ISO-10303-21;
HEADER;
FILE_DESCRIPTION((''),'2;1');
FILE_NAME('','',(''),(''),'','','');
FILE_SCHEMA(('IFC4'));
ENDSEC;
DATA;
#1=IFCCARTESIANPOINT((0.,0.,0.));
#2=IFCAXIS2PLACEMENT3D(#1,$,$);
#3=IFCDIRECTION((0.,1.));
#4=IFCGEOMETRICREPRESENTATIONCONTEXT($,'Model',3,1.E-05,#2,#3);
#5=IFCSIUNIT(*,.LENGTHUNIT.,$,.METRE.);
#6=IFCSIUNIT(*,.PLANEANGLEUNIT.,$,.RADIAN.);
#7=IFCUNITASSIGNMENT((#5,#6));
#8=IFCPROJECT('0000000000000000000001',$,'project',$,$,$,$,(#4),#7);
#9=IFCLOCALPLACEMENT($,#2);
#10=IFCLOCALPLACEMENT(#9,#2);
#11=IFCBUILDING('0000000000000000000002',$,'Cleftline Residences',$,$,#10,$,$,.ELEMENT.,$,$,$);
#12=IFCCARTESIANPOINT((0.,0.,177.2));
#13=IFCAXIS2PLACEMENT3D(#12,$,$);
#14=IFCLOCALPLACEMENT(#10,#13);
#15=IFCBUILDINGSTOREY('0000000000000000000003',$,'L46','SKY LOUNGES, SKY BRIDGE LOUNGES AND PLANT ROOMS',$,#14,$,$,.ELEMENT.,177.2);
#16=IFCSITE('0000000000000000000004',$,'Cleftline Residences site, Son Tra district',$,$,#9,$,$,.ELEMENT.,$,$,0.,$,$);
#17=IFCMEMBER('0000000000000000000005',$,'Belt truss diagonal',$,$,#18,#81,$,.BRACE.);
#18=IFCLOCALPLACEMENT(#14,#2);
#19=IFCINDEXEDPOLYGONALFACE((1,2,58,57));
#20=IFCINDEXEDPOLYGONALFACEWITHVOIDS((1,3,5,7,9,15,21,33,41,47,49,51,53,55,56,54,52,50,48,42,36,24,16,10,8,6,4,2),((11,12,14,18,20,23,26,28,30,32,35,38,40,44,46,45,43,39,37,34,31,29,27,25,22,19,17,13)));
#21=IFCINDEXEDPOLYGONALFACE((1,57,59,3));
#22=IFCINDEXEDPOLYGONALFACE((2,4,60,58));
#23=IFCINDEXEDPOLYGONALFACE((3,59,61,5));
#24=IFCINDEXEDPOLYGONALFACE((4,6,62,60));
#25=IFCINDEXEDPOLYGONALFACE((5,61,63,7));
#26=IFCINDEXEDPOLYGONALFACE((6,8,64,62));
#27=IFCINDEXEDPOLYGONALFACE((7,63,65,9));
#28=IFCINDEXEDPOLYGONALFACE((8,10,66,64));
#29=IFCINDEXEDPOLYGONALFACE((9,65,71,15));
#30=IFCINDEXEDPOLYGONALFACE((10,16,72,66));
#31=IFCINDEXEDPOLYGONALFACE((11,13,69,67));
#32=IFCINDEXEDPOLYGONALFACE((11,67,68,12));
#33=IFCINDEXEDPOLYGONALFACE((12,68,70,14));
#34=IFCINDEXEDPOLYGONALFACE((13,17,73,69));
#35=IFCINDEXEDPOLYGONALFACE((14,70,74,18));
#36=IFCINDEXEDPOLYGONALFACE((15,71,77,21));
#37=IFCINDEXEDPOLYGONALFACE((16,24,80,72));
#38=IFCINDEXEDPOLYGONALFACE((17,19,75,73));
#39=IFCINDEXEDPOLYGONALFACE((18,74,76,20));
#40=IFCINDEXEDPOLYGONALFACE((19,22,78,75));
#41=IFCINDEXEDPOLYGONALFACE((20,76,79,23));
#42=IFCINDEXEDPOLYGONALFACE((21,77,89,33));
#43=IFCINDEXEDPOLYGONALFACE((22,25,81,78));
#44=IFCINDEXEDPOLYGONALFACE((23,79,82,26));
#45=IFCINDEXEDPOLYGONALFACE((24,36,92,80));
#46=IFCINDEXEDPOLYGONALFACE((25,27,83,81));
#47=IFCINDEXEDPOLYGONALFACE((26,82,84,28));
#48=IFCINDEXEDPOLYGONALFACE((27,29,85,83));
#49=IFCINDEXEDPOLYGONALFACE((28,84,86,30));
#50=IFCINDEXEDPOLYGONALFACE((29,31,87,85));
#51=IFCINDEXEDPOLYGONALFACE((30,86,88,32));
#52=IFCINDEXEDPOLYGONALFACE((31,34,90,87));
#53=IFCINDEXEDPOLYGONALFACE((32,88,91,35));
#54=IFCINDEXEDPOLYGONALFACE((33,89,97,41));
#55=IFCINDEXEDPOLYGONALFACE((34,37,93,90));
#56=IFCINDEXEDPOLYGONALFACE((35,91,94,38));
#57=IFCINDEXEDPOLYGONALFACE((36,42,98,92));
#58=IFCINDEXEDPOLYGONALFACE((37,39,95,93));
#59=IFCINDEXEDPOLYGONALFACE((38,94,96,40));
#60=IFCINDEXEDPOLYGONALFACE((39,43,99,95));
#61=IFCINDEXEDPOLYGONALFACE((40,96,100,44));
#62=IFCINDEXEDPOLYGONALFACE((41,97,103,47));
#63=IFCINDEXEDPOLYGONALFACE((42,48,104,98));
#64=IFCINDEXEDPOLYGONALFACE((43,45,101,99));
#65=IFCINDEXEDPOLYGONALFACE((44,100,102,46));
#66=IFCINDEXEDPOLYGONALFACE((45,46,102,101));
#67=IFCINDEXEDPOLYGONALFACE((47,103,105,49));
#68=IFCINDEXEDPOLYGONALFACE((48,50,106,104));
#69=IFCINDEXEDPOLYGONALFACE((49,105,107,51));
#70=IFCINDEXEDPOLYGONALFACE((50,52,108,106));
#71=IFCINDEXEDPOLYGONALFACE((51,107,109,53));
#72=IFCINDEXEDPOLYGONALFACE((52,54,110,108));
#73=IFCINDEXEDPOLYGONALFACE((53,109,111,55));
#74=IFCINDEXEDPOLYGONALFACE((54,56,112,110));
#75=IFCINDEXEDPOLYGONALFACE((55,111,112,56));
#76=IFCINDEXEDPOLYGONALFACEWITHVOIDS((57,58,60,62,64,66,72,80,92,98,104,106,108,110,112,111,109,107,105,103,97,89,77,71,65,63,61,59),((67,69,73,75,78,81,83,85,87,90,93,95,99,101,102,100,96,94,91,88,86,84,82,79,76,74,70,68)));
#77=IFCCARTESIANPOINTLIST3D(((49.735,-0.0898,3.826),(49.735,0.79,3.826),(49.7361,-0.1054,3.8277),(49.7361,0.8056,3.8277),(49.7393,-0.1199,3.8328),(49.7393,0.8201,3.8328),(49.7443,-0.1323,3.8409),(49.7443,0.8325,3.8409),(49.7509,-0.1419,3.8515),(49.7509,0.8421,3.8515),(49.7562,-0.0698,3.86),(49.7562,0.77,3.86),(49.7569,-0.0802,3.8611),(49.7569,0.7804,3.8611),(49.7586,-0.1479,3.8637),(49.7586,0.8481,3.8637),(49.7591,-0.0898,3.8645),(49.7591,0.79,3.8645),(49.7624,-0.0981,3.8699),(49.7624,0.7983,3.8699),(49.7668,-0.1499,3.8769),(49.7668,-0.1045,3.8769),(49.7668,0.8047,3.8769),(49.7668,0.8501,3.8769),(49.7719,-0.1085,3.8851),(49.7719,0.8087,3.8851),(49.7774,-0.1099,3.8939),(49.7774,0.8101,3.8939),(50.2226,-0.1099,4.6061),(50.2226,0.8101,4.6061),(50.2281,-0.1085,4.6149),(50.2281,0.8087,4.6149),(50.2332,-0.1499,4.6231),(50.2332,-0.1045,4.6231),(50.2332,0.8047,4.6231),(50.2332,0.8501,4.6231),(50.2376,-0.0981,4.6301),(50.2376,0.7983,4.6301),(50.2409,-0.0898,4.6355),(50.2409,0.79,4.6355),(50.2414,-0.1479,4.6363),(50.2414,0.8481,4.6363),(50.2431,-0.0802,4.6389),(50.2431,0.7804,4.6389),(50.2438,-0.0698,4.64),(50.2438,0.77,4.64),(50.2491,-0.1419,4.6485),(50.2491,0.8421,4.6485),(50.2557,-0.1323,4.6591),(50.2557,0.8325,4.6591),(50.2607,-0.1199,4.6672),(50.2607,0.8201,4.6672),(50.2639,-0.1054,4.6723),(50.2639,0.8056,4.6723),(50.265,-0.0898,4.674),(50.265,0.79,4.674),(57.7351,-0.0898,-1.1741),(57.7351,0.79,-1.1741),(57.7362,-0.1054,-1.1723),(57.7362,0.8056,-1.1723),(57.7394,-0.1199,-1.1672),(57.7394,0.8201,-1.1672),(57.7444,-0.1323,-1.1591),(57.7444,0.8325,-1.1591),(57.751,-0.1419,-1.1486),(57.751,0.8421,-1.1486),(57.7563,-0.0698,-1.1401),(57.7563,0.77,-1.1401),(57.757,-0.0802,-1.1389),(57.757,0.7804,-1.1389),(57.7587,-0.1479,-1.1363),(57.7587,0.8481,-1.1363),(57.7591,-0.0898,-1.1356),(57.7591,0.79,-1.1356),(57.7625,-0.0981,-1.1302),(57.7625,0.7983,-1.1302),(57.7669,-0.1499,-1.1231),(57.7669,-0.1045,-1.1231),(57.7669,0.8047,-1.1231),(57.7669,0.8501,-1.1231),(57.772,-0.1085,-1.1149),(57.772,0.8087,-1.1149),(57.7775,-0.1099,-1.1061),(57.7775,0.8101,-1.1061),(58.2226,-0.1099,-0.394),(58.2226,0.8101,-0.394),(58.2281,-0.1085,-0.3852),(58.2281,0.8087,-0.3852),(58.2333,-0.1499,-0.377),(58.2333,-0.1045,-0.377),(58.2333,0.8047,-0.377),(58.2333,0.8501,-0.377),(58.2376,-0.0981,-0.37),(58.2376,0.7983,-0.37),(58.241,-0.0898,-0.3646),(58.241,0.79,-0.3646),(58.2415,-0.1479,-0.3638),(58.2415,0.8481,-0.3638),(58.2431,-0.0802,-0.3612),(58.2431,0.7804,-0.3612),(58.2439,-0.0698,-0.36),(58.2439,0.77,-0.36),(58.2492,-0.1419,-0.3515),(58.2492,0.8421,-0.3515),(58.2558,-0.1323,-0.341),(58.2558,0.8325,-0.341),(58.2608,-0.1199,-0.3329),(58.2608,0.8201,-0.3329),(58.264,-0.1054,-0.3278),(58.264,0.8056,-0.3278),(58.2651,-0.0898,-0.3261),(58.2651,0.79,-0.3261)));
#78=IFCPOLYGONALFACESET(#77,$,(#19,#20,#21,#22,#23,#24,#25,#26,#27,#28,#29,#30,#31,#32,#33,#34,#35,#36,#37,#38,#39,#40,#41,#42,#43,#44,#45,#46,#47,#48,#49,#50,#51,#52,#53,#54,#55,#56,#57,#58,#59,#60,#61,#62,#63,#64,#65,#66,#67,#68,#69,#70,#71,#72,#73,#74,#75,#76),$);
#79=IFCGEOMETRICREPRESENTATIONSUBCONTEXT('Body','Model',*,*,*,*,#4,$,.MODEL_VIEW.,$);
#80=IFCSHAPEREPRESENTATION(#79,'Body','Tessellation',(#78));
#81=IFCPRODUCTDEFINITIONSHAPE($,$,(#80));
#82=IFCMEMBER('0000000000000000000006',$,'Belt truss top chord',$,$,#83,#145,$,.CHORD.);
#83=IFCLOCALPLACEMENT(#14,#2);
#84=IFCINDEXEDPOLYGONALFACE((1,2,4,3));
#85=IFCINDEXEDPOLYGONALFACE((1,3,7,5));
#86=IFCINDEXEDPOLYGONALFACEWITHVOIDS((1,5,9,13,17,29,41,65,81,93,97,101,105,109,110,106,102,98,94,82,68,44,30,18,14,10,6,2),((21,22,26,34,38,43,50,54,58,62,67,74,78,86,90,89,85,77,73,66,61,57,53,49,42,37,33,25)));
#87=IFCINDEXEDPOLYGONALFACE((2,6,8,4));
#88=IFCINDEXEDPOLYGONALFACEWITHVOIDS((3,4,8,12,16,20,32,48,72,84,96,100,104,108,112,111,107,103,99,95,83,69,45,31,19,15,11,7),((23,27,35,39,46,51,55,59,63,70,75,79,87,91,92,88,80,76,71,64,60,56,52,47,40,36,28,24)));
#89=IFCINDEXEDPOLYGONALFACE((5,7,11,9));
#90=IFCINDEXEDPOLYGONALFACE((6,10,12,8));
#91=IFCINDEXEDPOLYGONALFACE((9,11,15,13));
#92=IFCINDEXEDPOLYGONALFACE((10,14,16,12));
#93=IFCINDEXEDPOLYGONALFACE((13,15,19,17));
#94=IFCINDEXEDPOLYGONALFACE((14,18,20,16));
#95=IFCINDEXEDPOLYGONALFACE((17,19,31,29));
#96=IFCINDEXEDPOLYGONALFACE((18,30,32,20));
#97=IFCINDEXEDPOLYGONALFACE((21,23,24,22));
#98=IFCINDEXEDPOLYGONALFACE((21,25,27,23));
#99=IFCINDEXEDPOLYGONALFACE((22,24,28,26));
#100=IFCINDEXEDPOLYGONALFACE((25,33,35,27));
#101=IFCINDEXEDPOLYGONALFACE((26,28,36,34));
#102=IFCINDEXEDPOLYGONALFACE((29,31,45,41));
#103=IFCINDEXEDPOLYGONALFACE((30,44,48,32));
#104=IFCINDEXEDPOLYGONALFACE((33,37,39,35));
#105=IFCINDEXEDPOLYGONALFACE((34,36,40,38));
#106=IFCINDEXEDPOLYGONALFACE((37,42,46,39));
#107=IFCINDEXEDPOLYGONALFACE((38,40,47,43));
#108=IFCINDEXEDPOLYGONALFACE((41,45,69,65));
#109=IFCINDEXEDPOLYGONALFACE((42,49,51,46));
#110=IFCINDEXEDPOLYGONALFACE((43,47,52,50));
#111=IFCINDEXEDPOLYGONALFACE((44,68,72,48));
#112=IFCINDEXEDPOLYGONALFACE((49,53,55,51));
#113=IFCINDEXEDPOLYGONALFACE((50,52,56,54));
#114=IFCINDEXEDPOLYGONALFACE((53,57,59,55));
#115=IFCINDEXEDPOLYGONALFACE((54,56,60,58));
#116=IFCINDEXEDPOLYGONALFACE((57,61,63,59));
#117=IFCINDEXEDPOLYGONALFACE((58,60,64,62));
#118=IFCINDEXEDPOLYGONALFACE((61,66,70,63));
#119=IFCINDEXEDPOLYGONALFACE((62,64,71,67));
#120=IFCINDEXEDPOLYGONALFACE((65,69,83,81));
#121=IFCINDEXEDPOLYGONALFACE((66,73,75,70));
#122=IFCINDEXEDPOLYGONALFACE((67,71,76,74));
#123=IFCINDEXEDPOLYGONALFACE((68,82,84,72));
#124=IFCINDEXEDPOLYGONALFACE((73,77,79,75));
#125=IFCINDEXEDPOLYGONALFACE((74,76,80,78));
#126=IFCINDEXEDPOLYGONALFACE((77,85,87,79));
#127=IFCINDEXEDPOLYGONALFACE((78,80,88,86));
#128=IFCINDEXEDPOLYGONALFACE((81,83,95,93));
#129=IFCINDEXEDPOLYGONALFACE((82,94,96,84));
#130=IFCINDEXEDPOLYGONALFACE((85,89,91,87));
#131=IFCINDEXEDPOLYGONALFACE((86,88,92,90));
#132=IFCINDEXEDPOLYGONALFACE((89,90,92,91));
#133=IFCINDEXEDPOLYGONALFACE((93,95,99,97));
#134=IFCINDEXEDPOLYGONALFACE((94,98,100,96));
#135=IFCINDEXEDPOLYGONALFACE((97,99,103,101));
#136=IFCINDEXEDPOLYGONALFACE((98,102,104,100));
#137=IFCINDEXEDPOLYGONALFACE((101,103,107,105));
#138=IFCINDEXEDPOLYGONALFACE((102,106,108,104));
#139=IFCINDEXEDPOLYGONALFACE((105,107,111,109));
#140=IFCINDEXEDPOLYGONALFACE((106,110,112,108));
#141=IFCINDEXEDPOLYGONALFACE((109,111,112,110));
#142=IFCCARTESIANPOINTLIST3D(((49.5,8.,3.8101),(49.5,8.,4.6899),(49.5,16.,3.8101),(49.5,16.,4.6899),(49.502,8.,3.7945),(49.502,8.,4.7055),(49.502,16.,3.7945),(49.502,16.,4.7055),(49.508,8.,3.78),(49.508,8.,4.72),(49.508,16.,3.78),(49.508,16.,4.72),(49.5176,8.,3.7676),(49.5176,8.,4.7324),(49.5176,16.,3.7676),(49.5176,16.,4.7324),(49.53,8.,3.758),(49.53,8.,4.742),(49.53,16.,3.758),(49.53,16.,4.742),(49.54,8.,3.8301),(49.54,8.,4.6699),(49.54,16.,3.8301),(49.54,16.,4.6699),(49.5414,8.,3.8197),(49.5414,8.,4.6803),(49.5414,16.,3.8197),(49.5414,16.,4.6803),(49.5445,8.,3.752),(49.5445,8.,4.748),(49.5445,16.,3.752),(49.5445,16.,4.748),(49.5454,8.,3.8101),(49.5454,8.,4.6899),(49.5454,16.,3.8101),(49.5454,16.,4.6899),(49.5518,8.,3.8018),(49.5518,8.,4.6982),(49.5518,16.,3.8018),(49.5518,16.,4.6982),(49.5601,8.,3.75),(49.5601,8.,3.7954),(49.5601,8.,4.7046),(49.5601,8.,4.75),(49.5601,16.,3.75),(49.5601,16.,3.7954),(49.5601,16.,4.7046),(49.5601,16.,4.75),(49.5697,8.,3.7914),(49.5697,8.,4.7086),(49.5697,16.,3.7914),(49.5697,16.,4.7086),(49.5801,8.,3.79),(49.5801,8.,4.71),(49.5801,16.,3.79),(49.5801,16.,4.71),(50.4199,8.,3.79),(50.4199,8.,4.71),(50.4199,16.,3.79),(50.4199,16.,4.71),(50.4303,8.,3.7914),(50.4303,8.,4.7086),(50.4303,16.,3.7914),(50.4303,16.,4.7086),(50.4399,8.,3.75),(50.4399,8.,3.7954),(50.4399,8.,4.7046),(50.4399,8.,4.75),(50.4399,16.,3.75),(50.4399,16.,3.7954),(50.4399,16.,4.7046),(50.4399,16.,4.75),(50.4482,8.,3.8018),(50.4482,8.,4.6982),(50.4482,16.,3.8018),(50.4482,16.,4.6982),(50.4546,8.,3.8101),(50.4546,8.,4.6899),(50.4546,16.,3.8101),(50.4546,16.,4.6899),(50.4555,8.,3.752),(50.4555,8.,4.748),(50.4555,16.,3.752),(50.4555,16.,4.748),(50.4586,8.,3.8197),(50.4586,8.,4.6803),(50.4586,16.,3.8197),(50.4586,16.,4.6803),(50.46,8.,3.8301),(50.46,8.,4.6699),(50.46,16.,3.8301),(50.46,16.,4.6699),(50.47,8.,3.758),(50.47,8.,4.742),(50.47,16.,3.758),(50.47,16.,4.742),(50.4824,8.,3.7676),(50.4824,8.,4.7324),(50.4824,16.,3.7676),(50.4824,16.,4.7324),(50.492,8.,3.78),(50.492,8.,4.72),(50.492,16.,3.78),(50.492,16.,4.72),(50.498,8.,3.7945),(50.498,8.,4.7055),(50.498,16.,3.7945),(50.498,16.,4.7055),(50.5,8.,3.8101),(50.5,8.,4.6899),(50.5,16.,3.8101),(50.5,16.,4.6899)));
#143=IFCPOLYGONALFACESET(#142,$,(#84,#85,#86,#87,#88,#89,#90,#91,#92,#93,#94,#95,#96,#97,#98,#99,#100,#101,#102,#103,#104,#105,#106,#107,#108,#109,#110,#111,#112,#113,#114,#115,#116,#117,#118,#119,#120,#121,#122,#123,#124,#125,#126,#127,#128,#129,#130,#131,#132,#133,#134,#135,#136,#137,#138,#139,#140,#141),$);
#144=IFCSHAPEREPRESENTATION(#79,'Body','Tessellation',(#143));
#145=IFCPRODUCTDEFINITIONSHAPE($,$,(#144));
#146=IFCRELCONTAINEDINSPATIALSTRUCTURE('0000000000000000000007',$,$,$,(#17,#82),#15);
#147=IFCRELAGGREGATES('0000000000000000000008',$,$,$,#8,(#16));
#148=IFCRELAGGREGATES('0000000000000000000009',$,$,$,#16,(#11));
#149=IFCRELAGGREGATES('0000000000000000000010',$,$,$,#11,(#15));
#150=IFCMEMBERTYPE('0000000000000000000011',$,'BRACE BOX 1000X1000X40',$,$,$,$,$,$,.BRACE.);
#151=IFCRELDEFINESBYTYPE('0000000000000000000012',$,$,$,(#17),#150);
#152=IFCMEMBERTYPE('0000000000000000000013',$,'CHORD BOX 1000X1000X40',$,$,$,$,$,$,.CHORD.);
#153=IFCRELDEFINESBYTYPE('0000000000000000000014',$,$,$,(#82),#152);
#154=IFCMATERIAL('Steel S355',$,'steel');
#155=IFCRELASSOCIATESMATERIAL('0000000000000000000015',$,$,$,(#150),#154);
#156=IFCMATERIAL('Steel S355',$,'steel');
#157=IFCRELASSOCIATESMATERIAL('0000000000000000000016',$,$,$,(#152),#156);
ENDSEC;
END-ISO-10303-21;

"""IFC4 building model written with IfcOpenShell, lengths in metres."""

from ifc_helpers import new_model, si_unit, direction, frame, origin, origin_2d, place, context, subcontext, project, spatial, hollow_rectangle, extrude, material, material_profile, profile_set, type_object, element, save


model = new_model("IFC4")

# Units and contexts
model_context = context("Model", 3, precision=1e-05, world=origin(), true_north=direction((0.0, 1.0)))
body_context = subcontext(model_context, "Body", "Model", "MODEL_VIEW")
ifc_project = project(units=[si_unit("LENGTHUNIT", "METRE"), si_unit("PLANEANGLEUNIT", "RADIAN")], contexts=[model_context])

# Site, building, storey
site_placement = place(None, origin())
site = spatial("IfcSite", under=ifc_project, at=site_placement, Name="Cleftline Residences site, Son Tra district", CompositionType="ELEMENT", RefElevation=0.0)
building_placement = place(site_placement, origin())
building = spatial("IfcBuilding", under=site, at=building_placement, Name="Cleftline Residences", CompositionType="ELEMENT")
storey_placement = place(building_placement, frame((0.0, 0.0, 177.2)))
storey = spatial("IfcBuildingStorey", under=building, at=storey_placement, Name="L46", Description="SKY LOUNGES, SKY BRIDGE LOUNGES AND PLANT ROOMS", CompositionType="ELEMENT", Elevation=177.2)

# Members
ifc_material_1 = material(Name="Steel S355", Category="steel")
ifc_material_profile_1 = material_profile(ifc_material_1, hollow_rectangle(XDim=1.0, YDim=1.0, WallThickness=0.04, InnerFilletRadius=0.04, OuterFilletRadius=0.0601, at=origin_2d()))
ifc_profile_set_1 = profile_set([ifc_material_profile_1], Name="Steel S355")
member_type_1 = type_object("IfcMemberType", Name="BRACE BOX 1000X1000X40", PredefinedType="BRACE", material=ifc_profile_set_1)
for number, where, z_axis, x_axis, name in (
    (1, (50.0, 0.3501, 4.25), (0.847998, 0.0, -0.529999), (0.529999, 0.0, 0.847998), "Belt truss diagonal"),
):
    element("IfcMember", number, at=place(storey_placement, frame(where, z_axis=z_axis, x_axis=x_axis)), inside=storey, type_object=member_type_1, Name=name, PredefinedType="BRACE", context=body_context, shape_type="SweptSolid", body=[
        extrude(hollow_rectangle(XDim=1.0, YDim=1.0, WallThickness=0.04, InnerFilletRadius=0.04, OuterFilletRadius=0.0601, at=origin_2d()), origin(), (0.0, 0.0, 1.0), 9.4341),
    ])
ifc_material_2 = material(Name="Steel S355", Category="steel")
ifc_material_profile_2 = material_profile(ifc_material_2, hollow_rectangle(XDim=1.0, YDim=1.0, WallThickness=0.04, InnerFilletRadius=0.04, OuterFilletRadius=0.0601, at=origin_2d()))
ifc_profile_set_2 = profile_set([ifc_material_profile_2], Name="Steel S355")
member_type_2 = type_object("IfcMemberType", Name="CHORD BOX 1000X1000X40", PredefinedType="CHORD", material=ifc_profile_set_2)
member_1_placement = place(storey_placement, frame((50.0, 8.0, 4.25), z_axis=(0.0, 1.0, 0.0), x_axis=(-1.0, 0.0, 0.0)))
element("IfcMember", 2, at=member_1_placement, inside=storey, type_object=member_type_2, Name="Belt truss top chord", PredefinedType="CHORD", context=body_context, shape_type="SweptSolid", body=[
    extrude(hollow_rectangle(XDim=1.0, YDim=1.0, WallThickness=0.04, InnerFilletRadius=0.04, OuterFilletRadius=0.0601, at=origin_2d()), origin(), (0.0, 0.0, 1.0), 8.0),
])

save(model, "model.ifc")
